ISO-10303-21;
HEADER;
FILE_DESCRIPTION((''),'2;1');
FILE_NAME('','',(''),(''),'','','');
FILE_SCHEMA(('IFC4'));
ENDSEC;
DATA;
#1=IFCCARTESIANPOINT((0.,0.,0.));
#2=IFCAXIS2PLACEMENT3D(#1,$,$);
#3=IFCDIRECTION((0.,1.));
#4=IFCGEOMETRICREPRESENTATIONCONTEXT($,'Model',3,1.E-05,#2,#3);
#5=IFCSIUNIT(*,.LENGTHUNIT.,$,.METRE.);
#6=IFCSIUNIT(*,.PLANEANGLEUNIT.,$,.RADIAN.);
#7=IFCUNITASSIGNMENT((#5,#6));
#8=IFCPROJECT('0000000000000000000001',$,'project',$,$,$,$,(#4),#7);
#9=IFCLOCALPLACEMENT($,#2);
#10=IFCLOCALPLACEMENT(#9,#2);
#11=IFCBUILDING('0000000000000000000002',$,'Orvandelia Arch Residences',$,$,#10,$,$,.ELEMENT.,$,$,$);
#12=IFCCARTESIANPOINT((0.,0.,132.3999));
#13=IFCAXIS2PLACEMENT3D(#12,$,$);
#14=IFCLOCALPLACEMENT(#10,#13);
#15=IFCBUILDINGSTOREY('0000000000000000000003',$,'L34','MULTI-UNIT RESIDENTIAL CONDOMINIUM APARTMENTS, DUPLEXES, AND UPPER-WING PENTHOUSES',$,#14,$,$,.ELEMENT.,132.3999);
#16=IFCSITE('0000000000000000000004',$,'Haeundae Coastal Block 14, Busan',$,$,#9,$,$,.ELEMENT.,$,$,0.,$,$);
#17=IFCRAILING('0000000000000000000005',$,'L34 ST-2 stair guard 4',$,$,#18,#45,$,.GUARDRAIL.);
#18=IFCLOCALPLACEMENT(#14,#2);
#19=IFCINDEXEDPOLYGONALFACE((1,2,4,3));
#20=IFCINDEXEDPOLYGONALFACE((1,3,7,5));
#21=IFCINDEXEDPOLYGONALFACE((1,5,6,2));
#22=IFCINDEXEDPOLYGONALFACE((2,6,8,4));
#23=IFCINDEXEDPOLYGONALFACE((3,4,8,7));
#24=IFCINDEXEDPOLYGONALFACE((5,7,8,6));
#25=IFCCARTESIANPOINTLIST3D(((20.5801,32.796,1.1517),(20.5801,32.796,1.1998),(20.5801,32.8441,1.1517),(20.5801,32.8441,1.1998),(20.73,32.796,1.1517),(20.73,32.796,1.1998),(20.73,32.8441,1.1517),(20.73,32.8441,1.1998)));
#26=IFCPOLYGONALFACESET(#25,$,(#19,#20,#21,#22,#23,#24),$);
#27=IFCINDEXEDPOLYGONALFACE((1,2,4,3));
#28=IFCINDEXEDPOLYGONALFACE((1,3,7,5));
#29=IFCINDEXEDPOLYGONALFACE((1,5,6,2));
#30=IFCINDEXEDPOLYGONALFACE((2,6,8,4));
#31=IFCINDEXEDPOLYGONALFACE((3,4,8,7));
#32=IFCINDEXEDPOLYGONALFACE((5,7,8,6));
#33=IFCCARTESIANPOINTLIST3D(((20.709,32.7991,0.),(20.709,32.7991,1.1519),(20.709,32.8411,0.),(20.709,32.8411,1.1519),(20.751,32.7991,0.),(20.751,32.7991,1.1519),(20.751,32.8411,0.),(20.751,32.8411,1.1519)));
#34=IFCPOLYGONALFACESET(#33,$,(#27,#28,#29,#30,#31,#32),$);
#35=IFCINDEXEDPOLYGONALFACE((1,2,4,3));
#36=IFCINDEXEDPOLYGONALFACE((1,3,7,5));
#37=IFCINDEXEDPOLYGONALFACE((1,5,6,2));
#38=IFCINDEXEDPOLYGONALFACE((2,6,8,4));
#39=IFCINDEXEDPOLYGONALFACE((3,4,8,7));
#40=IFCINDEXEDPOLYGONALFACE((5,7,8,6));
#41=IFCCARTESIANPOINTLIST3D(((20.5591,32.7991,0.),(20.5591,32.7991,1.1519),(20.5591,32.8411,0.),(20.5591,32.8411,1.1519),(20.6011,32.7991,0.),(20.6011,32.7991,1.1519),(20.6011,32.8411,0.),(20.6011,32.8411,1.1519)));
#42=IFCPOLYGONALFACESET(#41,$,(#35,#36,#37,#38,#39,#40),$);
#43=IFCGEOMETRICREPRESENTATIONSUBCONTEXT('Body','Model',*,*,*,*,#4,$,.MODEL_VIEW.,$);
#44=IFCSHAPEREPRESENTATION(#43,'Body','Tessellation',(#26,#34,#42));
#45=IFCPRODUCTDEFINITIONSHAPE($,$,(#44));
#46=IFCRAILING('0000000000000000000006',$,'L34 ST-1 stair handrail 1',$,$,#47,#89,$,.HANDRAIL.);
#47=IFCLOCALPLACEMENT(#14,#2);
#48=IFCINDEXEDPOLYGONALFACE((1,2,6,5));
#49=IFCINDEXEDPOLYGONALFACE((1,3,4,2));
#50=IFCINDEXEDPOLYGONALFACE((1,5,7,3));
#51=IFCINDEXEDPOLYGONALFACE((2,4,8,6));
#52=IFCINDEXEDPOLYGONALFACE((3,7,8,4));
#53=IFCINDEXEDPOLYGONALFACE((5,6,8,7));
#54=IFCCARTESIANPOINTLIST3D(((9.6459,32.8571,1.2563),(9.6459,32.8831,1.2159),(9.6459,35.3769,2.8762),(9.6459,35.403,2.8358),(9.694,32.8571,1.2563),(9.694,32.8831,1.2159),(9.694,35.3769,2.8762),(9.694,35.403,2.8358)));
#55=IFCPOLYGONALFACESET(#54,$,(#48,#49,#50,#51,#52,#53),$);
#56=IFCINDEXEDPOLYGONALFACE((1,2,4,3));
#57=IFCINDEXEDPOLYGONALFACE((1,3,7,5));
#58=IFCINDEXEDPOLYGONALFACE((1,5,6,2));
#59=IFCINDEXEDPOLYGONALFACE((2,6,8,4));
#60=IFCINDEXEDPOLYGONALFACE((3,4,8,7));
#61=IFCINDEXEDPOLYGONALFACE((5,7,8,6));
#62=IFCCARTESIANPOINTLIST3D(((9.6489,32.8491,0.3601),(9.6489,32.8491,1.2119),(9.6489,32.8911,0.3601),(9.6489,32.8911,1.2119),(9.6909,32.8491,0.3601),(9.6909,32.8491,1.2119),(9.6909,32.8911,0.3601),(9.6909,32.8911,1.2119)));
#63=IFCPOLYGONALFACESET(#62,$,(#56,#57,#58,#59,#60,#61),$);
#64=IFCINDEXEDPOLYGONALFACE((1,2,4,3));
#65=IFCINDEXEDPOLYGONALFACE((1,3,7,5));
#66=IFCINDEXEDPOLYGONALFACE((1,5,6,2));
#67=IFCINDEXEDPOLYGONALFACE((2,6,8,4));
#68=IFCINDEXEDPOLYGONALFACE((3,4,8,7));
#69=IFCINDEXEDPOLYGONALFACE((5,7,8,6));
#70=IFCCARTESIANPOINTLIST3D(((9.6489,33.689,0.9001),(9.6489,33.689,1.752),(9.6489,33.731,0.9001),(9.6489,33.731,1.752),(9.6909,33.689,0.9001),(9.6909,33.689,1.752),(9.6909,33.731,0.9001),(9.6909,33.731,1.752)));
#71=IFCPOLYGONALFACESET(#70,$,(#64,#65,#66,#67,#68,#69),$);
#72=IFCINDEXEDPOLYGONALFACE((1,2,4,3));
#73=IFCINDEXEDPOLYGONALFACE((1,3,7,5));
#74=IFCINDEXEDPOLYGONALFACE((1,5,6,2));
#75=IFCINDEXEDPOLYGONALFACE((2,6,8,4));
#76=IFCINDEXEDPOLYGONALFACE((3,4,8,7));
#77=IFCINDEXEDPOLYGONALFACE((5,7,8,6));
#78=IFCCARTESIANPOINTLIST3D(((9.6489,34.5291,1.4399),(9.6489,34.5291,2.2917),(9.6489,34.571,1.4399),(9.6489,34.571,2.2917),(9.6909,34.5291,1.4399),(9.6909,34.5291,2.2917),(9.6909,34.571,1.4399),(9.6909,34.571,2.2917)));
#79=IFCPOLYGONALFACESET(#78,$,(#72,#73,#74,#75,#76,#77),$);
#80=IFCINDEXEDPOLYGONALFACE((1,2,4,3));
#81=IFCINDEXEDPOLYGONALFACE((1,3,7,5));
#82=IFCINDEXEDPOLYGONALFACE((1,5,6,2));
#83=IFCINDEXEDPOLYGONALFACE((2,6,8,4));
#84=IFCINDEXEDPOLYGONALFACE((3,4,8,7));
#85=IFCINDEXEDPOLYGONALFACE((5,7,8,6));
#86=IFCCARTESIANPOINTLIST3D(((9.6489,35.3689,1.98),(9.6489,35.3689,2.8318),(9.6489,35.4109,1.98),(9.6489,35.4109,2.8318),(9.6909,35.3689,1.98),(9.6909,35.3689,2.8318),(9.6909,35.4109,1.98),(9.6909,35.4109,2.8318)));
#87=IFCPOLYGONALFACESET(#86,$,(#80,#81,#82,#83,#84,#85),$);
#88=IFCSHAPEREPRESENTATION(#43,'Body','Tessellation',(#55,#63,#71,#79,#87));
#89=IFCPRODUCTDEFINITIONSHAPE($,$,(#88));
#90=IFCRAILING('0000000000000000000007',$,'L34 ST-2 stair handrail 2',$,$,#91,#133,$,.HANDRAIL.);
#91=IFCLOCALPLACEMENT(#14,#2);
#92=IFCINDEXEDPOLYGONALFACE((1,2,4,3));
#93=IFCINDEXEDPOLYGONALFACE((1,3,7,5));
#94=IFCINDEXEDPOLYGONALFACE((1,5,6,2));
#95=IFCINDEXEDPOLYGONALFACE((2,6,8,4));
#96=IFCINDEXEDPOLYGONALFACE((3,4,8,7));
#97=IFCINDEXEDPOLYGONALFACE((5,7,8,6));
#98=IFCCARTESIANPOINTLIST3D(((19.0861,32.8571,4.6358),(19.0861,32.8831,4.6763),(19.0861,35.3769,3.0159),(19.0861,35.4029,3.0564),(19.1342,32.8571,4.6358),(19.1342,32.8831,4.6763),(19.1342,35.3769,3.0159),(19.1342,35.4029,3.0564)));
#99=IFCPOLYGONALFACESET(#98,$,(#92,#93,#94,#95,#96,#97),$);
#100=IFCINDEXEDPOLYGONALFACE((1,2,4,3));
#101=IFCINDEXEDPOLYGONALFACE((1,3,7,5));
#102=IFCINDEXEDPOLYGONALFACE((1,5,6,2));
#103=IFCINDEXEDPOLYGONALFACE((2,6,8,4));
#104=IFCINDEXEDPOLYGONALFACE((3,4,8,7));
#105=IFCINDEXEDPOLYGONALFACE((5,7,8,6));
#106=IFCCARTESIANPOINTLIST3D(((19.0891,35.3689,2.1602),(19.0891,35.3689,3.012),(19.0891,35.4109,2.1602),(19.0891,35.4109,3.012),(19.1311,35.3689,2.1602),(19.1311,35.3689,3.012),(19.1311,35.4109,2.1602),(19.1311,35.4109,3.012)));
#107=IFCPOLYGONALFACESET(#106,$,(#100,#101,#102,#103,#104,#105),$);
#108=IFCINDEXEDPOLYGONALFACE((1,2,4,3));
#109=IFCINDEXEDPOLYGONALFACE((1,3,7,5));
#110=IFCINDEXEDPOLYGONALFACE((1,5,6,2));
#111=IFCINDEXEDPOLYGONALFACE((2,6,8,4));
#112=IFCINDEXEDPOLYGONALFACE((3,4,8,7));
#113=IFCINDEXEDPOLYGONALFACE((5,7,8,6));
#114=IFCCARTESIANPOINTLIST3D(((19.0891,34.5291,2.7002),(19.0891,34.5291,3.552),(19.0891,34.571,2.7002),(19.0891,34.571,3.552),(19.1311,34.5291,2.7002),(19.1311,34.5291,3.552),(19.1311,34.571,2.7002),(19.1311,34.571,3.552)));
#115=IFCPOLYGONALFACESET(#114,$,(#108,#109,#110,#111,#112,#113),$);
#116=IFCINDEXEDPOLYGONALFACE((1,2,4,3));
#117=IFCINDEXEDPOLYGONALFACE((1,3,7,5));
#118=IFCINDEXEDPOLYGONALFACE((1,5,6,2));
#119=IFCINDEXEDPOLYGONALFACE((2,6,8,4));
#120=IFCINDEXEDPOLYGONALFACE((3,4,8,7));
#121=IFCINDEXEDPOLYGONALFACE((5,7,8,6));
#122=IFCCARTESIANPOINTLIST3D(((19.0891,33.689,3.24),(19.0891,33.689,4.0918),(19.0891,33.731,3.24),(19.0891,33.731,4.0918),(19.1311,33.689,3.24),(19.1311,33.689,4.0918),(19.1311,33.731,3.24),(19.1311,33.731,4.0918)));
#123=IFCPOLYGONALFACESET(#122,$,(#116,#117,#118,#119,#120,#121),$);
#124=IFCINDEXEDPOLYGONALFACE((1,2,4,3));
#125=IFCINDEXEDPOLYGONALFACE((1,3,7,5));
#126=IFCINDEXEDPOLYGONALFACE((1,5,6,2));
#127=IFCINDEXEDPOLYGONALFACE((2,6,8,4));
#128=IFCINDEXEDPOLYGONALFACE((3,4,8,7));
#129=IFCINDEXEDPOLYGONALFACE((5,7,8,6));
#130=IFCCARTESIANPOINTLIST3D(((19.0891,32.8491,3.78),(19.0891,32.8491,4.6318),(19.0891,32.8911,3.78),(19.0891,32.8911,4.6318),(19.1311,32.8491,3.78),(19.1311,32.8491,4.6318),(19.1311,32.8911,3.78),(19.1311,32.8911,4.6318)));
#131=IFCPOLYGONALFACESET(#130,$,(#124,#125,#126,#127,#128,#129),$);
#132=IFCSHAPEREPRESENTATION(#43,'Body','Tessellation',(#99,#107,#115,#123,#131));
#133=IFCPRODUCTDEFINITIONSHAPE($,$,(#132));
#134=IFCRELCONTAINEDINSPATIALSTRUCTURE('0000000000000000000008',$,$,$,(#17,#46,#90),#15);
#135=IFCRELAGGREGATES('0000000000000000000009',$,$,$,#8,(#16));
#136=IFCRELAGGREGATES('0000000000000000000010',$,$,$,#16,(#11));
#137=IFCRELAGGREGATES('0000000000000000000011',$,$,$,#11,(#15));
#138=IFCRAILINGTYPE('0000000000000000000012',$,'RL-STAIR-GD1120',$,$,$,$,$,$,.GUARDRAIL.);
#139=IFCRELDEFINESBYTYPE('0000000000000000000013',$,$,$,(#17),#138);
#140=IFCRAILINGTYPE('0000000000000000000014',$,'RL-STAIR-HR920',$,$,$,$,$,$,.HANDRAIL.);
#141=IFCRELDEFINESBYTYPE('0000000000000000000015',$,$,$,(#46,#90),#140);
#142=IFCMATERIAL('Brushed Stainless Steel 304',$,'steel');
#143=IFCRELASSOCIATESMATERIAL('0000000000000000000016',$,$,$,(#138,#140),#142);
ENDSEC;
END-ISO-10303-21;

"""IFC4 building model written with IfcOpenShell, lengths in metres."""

from ifc_helpers import new_model, si_unit, direction, frame, origin, origin_2d, place, context, subcontext, project, spatial, rectangle, extrude, material, type_object, element, save


model = new_model("IFC4")

# Units and contexts
model_context = context("Model", 3, precision=1e-05, world=origin(), true_north=direction((0.0, 1.0)))
body_context = subcontext(model_context, "Body", "Model", "MODEL_VIEW")
ifc_project = project(units=[si_unit("LENGTHUNIT", "METRE"), si_unit("PLANEANGLEUNIT", "RADIAN")], contexts=[model_context])

# Site, building, storey
site_placement = place(None, origin())
site = spatial("IfcSite", under=ifc_project, at=site_placement, Name="Haeundae Coastal Block 14, Busan", CompositionType="ELEMENT", RefElevation=0.0)
building_placement = place(site_placement, origin())
building = spatial("IfcBuilding", under=site, at=building_placement, Name="Orvandelia Arch Residences", CompositionType="ELEMENT")
storey_placement = place(building_placement, frame((0.0, 0.0, 132.3999)))
storey = spatial("IfcBuildingStorey", under=building, at=storey_placement, Name="L34", Description="MULTI-UNIT RESIDENTIAL CONDOMINIUM APARTMENTS, DUPLEXES, AND UPPER-WING PENTHOUSES", CompositionType="ELEMENT", Elevation=132.3999)

# Railings
ifc_material_1 = material(Name="Brushed Stainless Steel 304", Category="steel")
railing_type_1 = type_object("IfcRailingType", Name="RL-STAIR-GD1120", PredefinedType="GUARDRAIL", material=ifc_material_1)
railing_1_placement = place(storey_placement, frame((20.73, 32.8201, 0.0)))
element("IfcRailing", 1, at=railing_1_placement, inside=storey, type_object=railing_type_1, Name="L34 ST-2 stair guard 4", PredefinedType="GUARDRAIL", context=body_context, shape_type="SweptSolid", body=[
    extrude(rectangle(XDim=0.0481, YDim=0.0481, at=origin_2d()), frame((0.0, 0.0, 1.1758), z_axis=(-1.0, 0.0, 0.0), x_axis=(0.0, -1.0, 0.0)), (0.0, 0.0, 1.0), 0.1499),
    extrude(rectangle(XDim=0.042, YDim=0.042, at=origin_2d()), origin(), (0.0, 0.0, 1.0), 1.1519),
    extrude(rectangle(XDim=0.042, YDim=0.042, at=origin_2d()), frame((-0.1499, 0.0, 0.0)), (0.0, 0.0, 1.0), 1.1519),
])
railing_type_2 = type_object("IfcRailingType", Name="RL-STAIR-HR920", PredefinedType="HANDRAIL", material=ifc_material_1)
railing_2_placement = place(storey_placement, frame((9.6699, 32.8701, 0.3601)))
element("IfcRailing", 2, at=railing_2_placement, inside=storey, type_object=railing_type_2, Name="L34 ST-1 stair handrail 1", PredefinedType="HANDRAIL", context=body_context, shape_type="SweptSolid", body=[
    extrude(rectangle(XDim=0.0481, YDim=0.0481, at=origin_2d()), frame((0.0, 0.0, 0.876), z_axis=(0.0, 0.841176, 0.540762), x_axis=(-1.0, 0.0, 0.0)), (0.0, 0.0, 1.0), 2.9956),
    extrude(rectangle(XDim=0.042, YDim=0.042, at=origin_2d()), origin(), (0.0, 0.0, 1.0), 0.8518),
    extrude(rectangle(XDim=0.042, YDim=0.042, at=origin_2d()), frame((0.0, 0.8398, 0.54)), (0.0, 0.0, 1.0), 0.8518),
    extrude(rectangle(XDim=0.042, YDim=0.042, at=origin_2d()), frame((0.0, 1.6799, 1.0798)), (0.0, 0.0, 1.0), 0.8518),
    extrude(rectangle(XDim=0.042, YDim=0.042, at=origin_2d()), frame((0.0, 2.5198, 1.6199)), (0.0, 0.0, 1.0), 0.8518),
])
railing_3_placement = place(storey_placement, frame((19.1101, 35.3899, 2.1602)))
element("IfcRailing", 3, at=railing_3_placement, inside=storey, type_object=railing_type_2, Name="L34 ST-2 stair handrail 2", PredefinedType="HANDRAIL", context=body_context, shape_type="SweptSolid", body=[
    extrude(rectangle(XDim=0.0481, YDim=0.0481, at=origin_2d()), frame((0.0, 0.0, 0.876), z_axis=(0.0, -0.841176, 0.540762), x_axis=(1.0, 0.0, 0.0)), (0.0, 0.0, 1.0), 2.9956),
    extrude(rectangle(XDim=0.042, YDim=0.042, at=origin_2d()), origin(), (0.0, 0.0, 1.0), 0.8518),
    extrude(rectangle(XDim=0.042, YDim=0.042, at=origin_2d()), frame((0.0, -0.8398, 0.54)), (0.0, 0.0, 1.0), 0.8518),
    extrude(rectangle(XDim=0.042, YDim=0.042, at=origin_2d()), frame((0.0, -1.6799, 1.0798)), (0.0, 0.0, 1.0), 0.8518),
    extrude(rectangle(XDim=0.042, YDim=0.042, at=origin_2d()), frame((0.0, -2.5198, 1.6199)), (0.0, 0.0, 1.0), 0.8518),
])

save(model, "model.ifc")
